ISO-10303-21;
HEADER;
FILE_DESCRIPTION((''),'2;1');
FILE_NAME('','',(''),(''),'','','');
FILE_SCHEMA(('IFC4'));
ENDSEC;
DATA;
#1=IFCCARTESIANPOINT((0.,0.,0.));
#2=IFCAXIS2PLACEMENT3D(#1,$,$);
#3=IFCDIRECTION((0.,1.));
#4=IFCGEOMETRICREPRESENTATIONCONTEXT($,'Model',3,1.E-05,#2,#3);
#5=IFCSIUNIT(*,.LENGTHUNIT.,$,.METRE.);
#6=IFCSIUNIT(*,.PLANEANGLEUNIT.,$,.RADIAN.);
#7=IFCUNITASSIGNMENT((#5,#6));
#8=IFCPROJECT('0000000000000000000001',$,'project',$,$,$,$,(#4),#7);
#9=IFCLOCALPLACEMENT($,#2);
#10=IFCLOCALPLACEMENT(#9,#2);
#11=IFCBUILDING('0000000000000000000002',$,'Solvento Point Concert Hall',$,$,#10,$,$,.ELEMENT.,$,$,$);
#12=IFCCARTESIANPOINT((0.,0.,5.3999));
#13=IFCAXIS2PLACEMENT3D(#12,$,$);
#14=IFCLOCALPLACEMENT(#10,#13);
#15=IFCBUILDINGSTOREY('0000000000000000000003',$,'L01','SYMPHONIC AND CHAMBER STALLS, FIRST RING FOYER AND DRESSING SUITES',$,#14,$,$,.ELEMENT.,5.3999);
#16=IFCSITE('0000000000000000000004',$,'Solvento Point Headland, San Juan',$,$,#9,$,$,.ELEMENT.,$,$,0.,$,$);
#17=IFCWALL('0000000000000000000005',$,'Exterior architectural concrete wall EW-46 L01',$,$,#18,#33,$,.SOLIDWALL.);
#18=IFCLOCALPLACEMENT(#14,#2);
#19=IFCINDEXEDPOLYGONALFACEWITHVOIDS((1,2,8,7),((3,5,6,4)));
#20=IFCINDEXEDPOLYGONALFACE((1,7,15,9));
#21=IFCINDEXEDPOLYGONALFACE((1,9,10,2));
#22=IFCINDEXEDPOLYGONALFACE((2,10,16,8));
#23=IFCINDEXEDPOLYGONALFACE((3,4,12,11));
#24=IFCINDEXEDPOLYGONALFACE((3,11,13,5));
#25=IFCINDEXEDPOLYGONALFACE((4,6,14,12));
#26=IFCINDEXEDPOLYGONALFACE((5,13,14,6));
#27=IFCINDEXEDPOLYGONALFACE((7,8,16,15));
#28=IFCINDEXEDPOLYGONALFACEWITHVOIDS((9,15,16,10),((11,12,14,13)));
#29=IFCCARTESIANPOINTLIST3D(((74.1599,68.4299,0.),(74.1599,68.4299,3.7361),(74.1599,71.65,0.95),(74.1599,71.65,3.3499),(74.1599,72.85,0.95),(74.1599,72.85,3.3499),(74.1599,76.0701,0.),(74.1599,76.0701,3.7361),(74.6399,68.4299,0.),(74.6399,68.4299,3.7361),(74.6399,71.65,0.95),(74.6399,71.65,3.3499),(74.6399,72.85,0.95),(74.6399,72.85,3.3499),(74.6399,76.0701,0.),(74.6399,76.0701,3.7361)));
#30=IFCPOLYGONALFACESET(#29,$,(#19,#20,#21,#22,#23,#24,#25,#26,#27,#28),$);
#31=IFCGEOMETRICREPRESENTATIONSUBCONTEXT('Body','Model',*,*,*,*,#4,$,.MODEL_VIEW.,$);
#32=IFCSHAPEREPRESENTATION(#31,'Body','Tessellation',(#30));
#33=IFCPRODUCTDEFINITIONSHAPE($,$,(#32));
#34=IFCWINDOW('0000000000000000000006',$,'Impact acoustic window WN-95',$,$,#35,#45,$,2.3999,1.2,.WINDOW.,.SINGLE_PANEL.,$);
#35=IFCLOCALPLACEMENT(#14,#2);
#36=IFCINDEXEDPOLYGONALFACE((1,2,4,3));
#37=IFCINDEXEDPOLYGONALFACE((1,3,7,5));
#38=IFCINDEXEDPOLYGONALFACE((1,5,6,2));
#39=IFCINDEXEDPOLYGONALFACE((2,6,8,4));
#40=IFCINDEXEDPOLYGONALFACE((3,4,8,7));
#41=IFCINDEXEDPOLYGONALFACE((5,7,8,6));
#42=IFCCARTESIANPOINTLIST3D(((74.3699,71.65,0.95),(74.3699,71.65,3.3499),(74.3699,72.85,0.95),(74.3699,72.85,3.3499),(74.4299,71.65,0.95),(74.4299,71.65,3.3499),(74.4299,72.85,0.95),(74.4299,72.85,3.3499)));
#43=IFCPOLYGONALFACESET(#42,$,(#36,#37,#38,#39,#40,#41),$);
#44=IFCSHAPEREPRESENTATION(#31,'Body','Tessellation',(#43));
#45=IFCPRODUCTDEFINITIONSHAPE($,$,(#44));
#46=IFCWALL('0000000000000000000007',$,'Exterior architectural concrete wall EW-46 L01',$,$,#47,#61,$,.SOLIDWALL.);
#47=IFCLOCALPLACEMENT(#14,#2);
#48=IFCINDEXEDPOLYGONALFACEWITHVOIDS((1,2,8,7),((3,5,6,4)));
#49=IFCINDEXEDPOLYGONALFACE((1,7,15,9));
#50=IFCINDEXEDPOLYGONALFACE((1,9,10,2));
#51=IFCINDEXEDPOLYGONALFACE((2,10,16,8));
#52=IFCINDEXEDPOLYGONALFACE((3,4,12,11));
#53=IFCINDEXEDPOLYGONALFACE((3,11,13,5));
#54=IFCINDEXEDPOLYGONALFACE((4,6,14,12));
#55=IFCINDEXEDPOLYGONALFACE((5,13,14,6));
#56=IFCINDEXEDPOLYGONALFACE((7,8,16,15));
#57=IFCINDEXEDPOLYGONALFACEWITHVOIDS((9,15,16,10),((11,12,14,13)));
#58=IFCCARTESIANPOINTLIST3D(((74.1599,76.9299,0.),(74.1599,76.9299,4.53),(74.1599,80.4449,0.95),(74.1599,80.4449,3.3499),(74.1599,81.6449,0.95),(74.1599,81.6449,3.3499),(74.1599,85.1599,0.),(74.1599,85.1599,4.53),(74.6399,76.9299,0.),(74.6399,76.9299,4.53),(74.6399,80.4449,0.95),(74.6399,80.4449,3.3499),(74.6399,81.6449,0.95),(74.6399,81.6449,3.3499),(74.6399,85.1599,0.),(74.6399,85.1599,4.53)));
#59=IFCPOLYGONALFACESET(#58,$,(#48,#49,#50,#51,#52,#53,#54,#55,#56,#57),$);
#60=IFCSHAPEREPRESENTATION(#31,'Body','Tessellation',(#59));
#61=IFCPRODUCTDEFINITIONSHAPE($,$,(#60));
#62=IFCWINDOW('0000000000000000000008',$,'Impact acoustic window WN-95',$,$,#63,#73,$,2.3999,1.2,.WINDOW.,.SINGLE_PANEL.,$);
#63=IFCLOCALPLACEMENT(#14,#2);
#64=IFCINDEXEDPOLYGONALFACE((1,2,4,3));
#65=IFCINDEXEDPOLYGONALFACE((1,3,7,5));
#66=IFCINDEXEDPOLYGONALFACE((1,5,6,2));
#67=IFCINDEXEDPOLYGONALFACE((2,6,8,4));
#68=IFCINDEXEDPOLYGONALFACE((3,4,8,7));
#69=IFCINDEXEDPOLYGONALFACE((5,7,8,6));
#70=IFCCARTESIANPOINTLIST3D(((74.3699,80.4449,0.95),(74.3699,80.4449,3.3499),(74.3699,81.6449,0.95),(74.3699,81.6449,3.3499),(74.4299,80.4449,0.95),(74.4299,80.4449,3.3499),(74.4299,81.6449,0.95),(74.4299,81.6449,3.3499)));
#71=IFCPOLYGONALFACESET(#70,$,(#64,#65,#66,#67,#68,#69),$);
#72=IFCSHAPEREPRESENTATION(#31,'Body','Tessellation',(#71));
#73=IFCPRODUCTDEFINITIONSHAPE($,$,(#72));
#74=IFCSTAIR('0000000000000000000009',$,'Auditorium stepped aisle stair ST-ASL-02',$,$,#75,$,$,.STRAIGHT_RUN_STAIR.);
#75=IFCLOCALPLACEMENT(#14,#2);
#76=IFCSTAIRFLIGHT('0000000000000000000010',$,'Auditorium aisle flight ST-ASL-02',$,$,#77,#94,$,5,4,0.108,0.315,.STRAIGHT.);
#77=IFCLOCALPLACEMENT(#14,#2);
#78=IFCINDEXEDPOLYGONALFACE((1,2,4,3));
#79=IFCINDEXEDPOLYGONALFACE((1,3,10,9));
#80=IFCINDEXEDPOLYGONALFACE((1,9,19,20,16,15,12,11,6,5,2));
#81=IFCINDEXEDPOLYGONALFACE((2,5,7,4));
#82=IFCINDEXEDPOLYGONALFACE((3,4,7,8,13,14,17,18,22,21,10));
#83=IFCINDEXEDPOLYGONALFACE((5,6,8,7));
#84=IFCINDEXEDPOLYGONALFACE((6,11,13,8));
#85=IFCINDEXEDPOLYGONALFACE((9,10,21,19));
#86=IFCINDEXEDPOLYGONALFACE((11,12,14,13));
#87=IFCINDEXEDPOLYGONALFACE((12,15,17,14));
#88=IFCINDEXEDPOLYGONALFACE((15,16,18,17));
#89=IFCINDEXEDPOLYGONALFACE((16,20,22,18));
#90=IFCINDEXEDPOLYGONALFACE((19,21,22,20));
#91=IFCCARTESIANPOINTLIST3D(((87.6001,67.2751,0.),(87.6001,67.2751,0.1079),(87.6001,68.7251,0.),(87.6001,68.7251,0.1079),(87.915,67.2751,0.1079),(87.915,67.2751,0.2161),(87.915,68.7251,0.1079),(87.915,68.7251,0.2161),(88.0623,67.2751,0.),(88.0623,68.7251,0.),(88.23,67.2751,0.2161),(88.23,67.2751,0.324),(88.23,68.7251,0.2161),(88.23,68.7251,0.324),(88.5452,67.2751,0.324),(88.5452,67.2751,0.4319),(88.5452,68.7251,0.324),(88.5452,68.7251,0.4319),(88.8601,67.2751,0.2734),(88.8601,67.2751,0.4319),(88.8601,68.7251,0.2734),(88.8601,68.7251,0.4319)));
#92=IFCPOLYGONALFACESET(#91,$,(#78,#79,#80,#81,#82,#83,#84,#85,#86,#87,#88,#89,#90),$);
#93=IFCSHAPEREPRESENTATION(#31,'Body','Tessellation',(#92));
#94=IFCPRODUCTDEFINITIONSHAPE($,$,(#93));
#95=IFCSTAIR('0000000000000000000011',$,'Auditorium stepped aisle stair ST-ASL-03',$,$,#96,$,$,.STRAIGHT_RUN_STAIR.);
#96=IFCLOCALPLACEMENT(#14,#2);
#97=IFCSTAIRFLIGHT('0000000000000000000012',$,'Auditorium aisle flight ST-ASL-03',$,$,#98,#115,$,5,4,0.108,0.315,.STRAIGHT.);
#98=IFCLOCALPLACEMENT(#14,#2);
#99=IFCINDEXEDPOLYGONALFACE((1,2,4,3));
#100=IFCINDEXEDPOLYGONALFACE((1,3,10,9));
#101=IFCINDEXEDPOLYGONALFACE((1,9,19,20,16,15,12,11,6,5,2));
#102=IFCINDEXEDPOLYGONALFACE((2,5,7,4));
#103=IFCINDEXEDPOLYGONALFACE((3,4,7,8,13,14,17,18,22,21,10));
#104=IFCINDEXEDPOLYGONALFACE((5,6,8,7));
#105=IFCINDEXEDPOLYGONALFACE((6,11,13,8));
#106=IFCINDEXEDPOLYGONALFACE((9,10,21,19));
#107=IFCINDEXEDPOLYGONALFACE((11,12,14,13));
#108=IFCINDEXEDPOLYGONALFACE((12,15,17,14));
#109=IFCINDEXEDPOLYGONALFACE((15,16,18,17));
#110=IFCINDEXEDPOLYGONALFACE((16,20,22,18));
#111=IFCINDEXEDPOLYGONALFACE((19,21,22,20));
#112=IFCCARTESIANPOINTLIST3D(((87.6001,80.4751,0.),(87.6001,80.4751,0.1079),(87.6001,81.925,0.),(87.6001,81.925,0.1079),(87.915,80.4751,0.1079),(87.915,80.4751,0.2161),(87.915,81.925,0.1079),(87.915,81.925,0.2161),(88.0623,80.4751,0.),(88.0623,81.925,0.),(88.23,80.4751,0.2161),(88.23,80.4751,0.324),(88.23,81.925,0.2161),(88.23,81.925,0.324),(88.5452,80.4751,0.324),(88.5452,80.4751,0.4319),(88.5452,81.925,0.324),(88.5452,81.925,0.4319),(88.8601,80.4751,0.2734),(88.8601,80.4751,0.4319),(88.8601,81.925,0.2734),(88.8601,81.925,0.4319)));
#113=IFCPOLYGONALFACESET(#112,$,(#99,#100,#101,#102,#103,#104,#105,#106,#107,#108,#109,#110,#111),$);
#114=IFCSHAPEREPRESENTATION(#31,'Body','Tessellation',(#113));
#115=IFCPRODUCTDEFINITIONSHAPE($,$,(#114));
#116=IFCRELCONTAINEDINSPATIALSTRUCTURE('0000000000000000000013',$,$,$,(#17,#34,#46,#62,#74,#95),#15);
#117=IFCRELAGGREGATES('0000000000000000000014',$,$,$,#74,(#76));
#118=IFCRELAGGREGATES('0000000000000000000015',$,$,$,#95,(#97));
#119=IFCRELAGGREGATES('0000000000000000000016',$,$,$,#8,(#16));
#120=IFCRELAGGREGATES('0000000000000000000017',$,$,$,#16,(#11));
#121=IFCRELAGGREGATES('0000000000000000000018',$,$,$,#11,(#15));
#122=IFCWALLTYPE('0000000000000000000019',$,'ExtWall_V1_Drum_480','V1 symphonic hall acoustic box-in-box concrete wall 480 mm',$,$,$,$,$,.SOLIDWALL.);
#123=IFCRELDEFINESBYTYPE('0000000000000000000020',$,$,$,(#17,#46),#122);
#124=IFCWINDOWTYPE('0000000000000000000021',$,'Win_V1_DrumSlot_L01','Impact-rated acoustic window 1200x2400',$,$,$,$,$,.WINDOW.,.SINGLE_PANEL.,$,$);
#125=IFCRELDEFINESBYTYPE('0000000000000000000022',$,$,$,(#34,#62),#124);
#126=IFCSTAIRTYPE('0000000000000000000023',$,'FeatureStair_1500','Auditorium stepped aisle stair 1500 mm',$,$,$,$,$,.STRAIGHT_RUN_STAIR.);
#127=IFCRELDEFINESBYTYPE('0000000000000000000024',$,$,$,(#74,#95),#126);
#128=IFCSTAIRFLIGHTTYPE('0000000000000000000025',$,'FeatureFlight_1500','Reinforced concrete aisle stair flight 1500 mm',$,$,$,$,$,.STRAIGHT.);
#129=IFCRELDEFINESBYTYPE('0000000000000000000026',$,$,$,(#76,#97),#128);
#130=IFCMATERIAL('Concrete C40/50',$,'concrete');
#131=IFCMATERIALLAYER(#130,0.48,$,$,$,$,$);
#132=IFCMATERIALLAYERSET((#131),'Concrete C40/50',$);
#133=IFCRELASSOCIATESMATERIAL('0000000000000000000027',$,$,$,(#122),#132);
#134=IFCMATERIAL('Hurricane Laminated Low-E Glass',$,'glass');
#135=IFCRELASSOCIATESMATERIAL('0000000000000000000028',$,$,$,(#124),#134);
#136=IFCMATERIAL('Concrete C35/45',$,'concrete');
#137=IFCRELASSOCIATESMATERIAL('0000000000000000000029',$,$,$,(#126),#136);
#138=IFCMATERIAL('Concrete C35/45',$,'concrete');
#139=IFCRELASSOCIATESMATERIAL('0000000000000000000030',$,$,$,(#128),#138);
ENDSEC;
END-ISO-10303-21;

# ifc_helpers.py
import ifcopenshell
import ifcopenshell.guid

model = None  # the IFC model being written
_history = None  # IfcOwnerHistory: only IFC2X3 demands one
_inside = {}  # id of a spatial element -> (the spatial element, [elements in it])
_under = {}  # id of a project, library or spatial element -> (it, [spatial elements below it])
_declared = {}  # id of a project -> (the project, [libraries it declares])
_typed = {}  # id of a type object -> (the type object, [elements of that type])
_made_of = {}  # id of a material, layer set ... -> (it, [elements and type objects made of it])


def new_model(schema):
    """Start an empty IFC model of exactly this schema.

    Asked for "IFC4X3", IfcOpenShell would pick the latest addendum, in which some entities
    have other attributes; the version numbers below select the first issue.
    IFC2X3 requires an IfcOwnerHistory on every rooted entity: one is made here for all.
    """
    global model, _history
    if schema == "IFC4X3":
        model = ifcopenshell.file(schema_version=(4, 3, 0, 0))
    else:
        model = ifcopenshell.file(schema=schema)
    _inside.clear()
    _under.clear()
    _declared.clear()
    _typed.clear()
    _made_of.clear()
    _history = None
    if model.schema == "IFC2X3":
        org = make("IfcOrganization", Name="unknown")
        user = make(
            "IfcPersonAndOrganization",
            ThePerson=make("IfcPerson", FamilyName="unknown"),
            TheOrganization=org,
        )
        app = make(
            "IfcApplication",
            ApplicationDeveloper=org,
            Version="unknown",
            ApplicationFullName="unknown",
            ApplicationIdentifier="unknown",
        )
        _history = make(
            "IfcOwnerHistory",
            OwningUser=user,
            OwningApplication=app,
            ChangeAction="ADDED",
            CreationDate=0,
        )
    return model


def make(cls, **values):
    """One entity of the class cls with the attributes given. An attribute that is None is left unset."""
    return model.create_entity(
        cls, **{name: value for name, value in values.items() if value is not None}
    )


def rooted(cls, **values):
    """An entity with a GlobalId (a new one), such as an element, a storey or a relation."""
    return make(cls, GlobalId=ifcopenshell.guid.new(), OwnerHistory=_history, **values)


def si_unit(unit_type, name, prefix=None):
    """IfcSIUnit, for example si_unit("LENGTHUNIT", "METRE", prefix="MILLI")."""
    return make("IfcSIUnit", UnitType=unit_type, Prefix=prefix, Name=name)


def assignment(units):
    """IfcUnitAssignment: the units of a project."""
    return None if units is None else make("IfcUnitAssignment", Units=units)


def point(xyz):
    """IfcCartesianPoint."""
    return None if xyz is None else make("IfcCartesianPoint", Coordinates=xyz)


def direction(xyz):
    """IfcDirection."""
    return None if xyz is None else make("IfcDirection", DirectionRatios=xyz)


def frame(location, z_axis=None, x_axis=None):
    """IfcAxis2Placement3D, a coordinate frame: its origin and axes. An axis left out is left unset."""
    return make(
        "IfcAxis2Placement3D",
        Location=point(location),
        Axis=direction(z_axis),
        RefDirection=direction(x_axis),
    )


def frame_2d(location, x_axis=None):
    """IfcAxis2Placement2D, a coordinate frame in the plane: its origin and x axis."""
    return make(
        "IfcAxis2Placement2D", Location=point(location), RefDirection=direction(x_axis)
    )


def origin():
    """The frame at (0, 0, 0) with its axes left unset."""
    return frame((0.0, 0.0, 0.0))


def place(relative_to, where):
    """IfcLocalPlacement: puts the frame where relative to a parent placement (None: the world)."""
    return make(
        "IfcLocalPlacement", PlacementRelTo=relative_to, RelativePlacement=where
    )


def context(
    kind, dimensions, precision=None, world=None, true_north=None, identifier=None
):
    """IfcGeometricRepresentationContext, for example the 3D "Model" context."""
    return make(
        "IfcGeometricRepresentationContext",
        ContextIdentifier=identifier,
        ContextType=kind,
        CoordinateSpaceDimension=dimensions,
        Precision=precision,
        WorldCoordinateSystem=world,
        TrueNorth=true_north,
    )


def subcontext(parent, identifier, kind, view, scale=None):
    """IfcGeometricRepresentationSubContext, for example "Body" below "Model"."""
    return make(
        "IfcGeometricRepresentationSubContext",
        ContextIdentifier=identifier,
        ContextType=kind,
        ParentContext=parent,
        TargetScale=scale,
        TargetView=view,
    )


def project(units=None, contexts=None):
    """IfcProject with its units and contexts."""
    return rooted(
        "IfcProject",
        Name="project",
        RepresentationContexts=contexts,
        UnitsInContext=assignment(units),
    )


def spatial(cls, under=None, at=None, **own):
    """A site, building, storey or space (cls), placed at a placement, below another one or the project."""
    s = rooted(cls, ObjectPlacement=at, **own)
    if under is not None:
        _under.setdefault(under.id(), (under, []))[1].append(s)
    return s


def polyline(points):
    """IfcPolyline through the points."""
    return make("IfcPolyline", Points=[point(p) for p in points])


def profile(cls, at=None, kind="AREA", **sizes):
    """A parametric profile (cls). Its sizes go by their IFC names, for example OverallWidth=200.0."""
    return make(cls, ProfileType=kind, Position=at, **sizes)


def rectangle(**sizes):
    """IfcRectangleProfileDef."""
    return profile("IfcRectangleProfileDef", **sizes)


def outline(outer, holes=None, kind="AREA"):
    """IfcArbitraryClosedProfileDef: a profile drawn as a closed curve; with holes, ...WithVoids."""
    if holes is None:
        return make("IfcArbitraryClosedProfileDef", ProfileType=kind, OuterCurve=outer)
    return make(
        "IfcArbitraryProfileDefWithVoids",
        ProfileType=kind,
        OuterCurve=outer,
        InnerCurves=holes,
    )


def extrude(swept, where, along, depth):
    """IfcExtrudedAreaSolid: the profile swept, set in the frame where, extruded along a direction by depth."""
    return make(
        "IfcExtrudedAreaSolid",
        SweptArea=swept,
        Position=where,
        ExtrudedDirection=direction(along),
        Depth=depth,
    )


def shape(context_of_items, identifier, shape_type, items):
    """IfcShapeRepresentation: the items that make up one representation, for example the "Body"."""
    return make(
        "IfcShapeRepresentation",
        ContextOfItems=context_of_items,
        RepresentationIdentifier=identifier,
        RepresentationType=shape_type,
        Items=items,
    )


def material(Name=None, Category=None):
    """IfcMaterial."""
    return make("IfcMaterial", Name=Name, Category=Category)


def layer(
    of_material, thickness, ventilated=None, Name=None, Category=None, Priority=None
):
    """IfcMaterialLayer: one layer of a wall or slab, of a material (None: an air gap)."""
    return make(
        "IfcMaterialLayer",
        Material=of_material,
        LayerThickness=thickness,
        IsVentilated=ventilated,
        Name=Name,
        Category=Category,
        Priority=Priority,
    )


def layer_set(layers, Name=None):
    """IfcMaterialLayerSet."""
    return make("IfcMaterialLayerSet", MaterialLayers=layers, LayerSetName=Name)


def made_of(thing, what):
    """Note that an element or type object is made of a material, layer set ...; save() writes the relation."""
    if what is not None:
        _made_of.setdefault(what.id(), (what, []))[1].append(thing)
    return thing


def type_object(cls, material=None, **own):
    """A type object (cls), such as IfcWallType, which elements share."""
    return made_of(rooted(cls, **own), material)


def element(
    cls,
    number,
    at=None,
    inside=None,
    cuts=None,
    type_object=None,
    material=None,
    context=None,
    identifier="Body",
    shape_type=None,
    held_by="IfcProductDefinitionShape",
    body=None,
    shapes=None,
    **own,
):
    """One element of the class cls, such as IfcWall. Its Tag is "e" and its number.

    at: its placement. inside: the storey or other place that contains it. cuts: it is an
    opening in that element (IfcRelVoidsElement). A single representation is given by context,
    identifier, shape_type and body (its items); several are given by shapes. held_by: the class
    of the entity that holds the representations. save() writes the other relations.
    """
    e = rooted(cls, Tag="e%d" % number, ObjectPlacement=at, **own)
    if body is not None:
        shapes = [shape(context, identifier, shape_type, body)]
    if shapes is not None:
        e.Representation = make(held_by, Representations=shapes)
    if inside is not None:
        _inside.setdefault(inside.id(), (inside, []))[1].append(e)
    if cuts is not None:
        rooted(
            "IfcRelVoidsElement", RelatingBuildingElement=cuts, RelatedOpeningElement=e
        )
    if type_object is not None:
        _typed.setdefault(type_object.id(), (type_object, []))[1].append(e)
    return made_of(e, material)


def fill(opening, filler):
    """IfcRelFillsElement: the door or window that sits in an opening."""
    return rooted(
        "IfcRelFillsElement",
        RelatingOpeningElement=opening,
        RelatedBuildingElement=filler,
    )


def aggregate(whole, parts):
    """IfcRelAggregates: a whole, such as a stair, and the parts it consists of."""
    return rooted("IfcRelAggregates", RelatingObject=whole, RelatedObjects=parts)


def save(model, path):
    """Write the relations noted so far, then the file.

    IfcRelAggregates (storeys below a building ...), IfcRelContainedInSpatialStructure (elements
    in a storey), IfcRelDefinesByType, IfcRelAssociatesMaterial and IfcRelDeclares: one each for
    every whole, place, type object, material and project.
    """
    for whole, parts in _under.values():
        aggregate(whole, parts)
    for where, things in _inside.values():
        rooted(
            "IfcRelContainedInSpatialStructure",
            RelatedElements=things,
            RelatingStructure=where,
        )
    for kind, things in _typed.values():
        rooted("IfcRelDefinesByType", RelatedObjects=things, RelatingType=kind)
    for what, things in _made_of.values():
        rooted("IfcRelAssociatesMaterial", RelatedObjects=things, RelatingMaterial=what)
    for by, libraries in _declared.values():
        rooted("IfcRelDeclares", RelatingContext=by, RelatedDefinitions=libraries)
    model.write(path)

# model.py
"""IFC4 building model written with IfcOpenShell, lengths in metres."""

from ifc_helpers import new_model, si_unit, direction, frame, frame_2d, origin, place, context, subcontext, project, spatial, polyline, rectangle, outline, extrude, material, layer, layer_set, type_object, element, fill, aggregate, save


model = new_model("IFC4")

# Units and contexts
model_context = context("Model", 3, precision=1e-05, world=origin(), true_north=direction((0.0, 1.0)))
body_context = subcontext(model_context, "Body", "Model", "MODEL_VIEW")
ifc_project = project(units=[si_unit("LENGTHUNIT", "METRE"), si_unit("PLANEANGLEUNIT", "RADIAN")], contexts=[model_context])

# Site, building, storey
site_placement = place(None, origin())
site = spatial("IfcSite", under=ifc_project, at=site_placement, Name="Solvento Point Headland, San Juan", CompositionType="ELEMENT", RefElevation=0.0)
building_placement = place(site_placement, origin())
building = spatial("IfcBuilding", under=site, at=building_placement, Name="Solvento Point Concert Hall", CompositionType="ELEMENT")
storey_placement = place(building_placement, frame((0.0, 0.0, 5.3999)))
storey = spatial("IfcBuildingStorey", under=building, at=storey_placement, Name="L01", Description="SYMPHONIC AND CHAMBER STALLS, FIRST RING FOYER AND DRESSING SUITES", CompositionType="ELEMENT", Elevation=5.3999)

# Walls, openings, windows
ifc_material_1 = material(Name="Concrete C40/50", Category="concrete")
ifc_layer_1 = layer(ifc_material_1, 0.48)
ifc_layer_set_1 = layer_set([ifc_layer_1], Name="Concrete C40/50")
wall_type_1 = type_object("IfcWallType", Name="ExtWall_V1_Drum_480", Description="V1 symphonic hall acoustic box-in-box concrete wall 480 mm", PredefinedType="SOLIDWALL", material=ifc_layer_set_1)
wall_1_placement = place(storey_placement, frame((74.3999, 68.4299, 0.0), z_axis=(0.0, 0.0, 1.0), x_axis=(0.0, 1.0, 0.0)))
wall_1 = element("IfcWall", 1, at=wall_1_placement, inside=storey, type_object=wall_type_1, Name="Exterior architectural concrete wall EW-46 L01", PredefinedType="SOLIDWALL", context=body_context, shape_type="SweptSolid", body=[
    extrude(rectangle(XDim=7.6401, YDim=0.48, at=frame_2d((3.8201, 0.0))), origin(), (0.0, 0.0, 1.0), 3.7361),
])
opening_1_placement = place(wall_1_placement, frame((3.22, 0.0, 0.95)))
opening_1 = element("IfcOpeningElement", 2, at=opening_1_placement, cuts=wall_1, PredefinedType="OPENING", context=body_context, shape_type="SweptSolid", body=[
    extrude(rectangle(XDim=1.2, YDim=2.3999, at=frame_2d((0.6001, 1.2))), frame((0.0, 0.25, 0.0), z_axis=(0.0, -1.0, 0.0), x_axis=(1.0, 0.0, 0.0)), (0.0, 0.0, 1.0), 0.5),
])
ifc_material_2 = material(Name="Hurricane Laminated Low-E Glass", Category="glass")
window_type_1 = type_object("IfcWindowType", Name="Win_V1_DrumSlot_L01", Description="Impact-rated acoustic window 1200x2400", PartitioningType="SINGLE_PANEL", PredefinedType="WINDOW", material=ifc_material_2)
window_1_placement = place(opening_1_placement, origin())
window_1 = element("IfcWindow", 3, at=window_1_placement, inside=storey, type_object=window_type_1, Name="Impact acoustic window WN-95", OverallHeight=2.3999, OverallWidth=1.2, PartitioningType="SINGLE_PANEL", PredefinedType="WINDOW", context=body_context, shape_type="SweptSolid", body=[
    extrude(rectangle(XDim=1.2, YDim=2.3999, at=frame_2d((0.6001, 1.2))), frame((0.0, 0.03, 0.0), z_axis=(0.0, -1.0, 0.0), x_axis=(1.0, 0.0, 0.0)), (0.0, 0.0, 1.0), 0.0601),
])
fill(opening_1, window_1)
wall_2_placement = place(storey_placement, frame((74.3999, 76.9299, 0.0), z_axis=(0.0, 0.0, 1.0), x_axis=(0.0, 1.0, 0.0)))
wall_2 = element("IfcWall", 4, at=wall_2_placement, inside=storey, type_object=wall_type_1, Name="Exterior architectural concrete wall EW-46 L01", PredefinedType="SOLIDWALL", context=body_context, shape_type="SweptSolid", body=[
    extrude(rectangle(XDim=8.23, YDim=0.48, at=frame_2d((4.115, 0.0))), origin(), (0.0, 0.0, 1.0), 4.53),
])
opening_2_placement = place(wall_2_placement, frame((3.5149, 0.0, 0.95)))
opening_2 = element("IfcOpeningElement", 5, at=opening_2_placement, cuts=wall_2, PredefinedType="OPENING", context=body_context, shape_type="SweptSolid", body=[
    extrude(rectangle(XDim=1.2, YDim=2.3999, at=frame_2d((0.6001, 1.2))), frame((0.0, 0.25, 0.0), z_axis=(0.0, -1.0, 0.0), x_axis=(1.0, 0.0, 0.0)), (0.0, 0.0, 1.0), 0.5),
])
window_2_placement = place(opening_2_placement, origin())
window_2 = element("IfcWindow", 6, at=window_2_placement, inside=storey, type_object=window_type_1, Name="Impact acoustic window WN-95", OverallHeight=2.3999, OverallWidth=1.2, PartitioningType="SINGLE_PANEL", PredefinedType="WINDOW", context=body_context, shape_type="SweptSolid", body=[
    extrude(rectangle(XDim=1.2, YDim=2.3999, at=frame_2d((0.6001, 1.2))), frame((0.0, 0.03, 0.0), z_axis=(0.0, -1.0, 0.0), x_axis=(1.0, 0.0, 0.0)), (0.0, 0.0, 1.0), 0.0601),
])
fill(opening_2, window_2)

# Stairs, stair flights
ifc_material_3 = material(Name="Concrete C35/45", Category="concrete")
stair_type = type_object("IfcStairType", Name="FeatureStair_1500", Description="Auditorium stepped aisle stair 1500 mm", PredefinedType="STRAIGHT_RUN_STAIR", material=ifc_material_3)
stair_1_placement = place(storey_placement, origin())
stair_1 = element("IfcStair", 7, at=stair_1_placement, inside=storey, type_object=stair_type, Name="Auditorium stepped aisle stair ST-ASL-02", PredefinedType="STRAIGHT_RUN_STAIR")
ifc_material_4 = material(Name="Concrete C35/45", Category="concrete")
stair_flight_type = type_object("IfcStairFlightType", Name="FeatureFlight_1500", Description="Reinforced concrete aisle stair flight 1500 mm", PredefinedType="STRAIGHT", material=ifc_material_4)
stair_flight_1_placement = place(storey_placement, frame((87.6001, 68.0, 0.0), z_axis=(0.0, 0.0, 1.0), x_axis=(1.0, 0.0, 0.0)))
stair_flight_1 = element("IfcStairFlight", 8, at=stair_flight_1_placement, type_object=stair_flight_type, Name="Auditorium aisle flight ST-ASL-02", NumberOfRisers=5, NumberOfTreads=4, PredefinedType="STRAIGHT", RiserHeight=0.108, TreadLength=0.315, context=body_context, shape_type="SweptSolid", body=[
    extrude(outline(polyline([(0.0, 0.0), (0.0, 0.1079), (0.3149, 0.1079), (0.3149, 0.2161), (0.6299, 0.2161), (0.6299, 0.324), (0.9451, 0.324), (0.9451, 0.4319), (1.26, 0.4319), (1.26, 0.54), (1.26, 0.2734), (0.4622, 0.0), (0.0, 0.0)])), frame((0.0, 0.7251, 0.0), z_axis=(0.0, -1.0, 0.0), x_axis=(1.0, 0.0, 0.0)), (0.0, 0.0, 1.0), 1.45),
])
aggregate(stair_1, [stair_flight_1])
stair_2_placement = place(storey_placement, origin())
stair_2 = element("IfcStair", 9, at=stair_2_placement, inside=storey, type_object=stair_type, Name="Auditorium stepped aisle stair ST-ASL-03", PredefinedType="STRAIGHT_RUN_STAIR")
stair_flight_2_placement = place(storey_placement, frame((87.6001, 81.2, 0.0), z_axis=(0.0, 0.0, 1.0), x_axis=(1.0, 0.0, 0.0)))
stair_flight_2 = element("IfcStairFlight", 10, at=stair_flight_2_placement, type_object=stair_flight_type, Name="Auditorium aisle flight ST-ASL-03", NumberOfRisers=5, NumberOfTreads=4, PredefinedType="STRAIGHT", RiserHeight=0.108, TreadLength=0.315, context=body_context, shape_type="SweptSolid", body=[
    extrude(outline(polyline([(0.0, 0.0), (0.0, 0.1079), (0.3149, 0.1079), (0.3149, 0.2161), (0.6299, 0.2161), (0.6299, 0.324), (0.9451, 0.324), (0.9451, 0.4319), (1.26, 0.4319), (1.26, 0.54), (1.26, 0.2734), (0.4622, 0.0), (0.0, 0.0)])), frame((0.0, 0.7251, 0.0), z_axis=(0.0, -1.0, 0.0), x_axis=(1.0, 0.0, 0.0)), (0.0, 0.0, 1.0), 1.45),
])
aggregate(stair_2, [stair_flight_2])

save(model, "model.ifc")
